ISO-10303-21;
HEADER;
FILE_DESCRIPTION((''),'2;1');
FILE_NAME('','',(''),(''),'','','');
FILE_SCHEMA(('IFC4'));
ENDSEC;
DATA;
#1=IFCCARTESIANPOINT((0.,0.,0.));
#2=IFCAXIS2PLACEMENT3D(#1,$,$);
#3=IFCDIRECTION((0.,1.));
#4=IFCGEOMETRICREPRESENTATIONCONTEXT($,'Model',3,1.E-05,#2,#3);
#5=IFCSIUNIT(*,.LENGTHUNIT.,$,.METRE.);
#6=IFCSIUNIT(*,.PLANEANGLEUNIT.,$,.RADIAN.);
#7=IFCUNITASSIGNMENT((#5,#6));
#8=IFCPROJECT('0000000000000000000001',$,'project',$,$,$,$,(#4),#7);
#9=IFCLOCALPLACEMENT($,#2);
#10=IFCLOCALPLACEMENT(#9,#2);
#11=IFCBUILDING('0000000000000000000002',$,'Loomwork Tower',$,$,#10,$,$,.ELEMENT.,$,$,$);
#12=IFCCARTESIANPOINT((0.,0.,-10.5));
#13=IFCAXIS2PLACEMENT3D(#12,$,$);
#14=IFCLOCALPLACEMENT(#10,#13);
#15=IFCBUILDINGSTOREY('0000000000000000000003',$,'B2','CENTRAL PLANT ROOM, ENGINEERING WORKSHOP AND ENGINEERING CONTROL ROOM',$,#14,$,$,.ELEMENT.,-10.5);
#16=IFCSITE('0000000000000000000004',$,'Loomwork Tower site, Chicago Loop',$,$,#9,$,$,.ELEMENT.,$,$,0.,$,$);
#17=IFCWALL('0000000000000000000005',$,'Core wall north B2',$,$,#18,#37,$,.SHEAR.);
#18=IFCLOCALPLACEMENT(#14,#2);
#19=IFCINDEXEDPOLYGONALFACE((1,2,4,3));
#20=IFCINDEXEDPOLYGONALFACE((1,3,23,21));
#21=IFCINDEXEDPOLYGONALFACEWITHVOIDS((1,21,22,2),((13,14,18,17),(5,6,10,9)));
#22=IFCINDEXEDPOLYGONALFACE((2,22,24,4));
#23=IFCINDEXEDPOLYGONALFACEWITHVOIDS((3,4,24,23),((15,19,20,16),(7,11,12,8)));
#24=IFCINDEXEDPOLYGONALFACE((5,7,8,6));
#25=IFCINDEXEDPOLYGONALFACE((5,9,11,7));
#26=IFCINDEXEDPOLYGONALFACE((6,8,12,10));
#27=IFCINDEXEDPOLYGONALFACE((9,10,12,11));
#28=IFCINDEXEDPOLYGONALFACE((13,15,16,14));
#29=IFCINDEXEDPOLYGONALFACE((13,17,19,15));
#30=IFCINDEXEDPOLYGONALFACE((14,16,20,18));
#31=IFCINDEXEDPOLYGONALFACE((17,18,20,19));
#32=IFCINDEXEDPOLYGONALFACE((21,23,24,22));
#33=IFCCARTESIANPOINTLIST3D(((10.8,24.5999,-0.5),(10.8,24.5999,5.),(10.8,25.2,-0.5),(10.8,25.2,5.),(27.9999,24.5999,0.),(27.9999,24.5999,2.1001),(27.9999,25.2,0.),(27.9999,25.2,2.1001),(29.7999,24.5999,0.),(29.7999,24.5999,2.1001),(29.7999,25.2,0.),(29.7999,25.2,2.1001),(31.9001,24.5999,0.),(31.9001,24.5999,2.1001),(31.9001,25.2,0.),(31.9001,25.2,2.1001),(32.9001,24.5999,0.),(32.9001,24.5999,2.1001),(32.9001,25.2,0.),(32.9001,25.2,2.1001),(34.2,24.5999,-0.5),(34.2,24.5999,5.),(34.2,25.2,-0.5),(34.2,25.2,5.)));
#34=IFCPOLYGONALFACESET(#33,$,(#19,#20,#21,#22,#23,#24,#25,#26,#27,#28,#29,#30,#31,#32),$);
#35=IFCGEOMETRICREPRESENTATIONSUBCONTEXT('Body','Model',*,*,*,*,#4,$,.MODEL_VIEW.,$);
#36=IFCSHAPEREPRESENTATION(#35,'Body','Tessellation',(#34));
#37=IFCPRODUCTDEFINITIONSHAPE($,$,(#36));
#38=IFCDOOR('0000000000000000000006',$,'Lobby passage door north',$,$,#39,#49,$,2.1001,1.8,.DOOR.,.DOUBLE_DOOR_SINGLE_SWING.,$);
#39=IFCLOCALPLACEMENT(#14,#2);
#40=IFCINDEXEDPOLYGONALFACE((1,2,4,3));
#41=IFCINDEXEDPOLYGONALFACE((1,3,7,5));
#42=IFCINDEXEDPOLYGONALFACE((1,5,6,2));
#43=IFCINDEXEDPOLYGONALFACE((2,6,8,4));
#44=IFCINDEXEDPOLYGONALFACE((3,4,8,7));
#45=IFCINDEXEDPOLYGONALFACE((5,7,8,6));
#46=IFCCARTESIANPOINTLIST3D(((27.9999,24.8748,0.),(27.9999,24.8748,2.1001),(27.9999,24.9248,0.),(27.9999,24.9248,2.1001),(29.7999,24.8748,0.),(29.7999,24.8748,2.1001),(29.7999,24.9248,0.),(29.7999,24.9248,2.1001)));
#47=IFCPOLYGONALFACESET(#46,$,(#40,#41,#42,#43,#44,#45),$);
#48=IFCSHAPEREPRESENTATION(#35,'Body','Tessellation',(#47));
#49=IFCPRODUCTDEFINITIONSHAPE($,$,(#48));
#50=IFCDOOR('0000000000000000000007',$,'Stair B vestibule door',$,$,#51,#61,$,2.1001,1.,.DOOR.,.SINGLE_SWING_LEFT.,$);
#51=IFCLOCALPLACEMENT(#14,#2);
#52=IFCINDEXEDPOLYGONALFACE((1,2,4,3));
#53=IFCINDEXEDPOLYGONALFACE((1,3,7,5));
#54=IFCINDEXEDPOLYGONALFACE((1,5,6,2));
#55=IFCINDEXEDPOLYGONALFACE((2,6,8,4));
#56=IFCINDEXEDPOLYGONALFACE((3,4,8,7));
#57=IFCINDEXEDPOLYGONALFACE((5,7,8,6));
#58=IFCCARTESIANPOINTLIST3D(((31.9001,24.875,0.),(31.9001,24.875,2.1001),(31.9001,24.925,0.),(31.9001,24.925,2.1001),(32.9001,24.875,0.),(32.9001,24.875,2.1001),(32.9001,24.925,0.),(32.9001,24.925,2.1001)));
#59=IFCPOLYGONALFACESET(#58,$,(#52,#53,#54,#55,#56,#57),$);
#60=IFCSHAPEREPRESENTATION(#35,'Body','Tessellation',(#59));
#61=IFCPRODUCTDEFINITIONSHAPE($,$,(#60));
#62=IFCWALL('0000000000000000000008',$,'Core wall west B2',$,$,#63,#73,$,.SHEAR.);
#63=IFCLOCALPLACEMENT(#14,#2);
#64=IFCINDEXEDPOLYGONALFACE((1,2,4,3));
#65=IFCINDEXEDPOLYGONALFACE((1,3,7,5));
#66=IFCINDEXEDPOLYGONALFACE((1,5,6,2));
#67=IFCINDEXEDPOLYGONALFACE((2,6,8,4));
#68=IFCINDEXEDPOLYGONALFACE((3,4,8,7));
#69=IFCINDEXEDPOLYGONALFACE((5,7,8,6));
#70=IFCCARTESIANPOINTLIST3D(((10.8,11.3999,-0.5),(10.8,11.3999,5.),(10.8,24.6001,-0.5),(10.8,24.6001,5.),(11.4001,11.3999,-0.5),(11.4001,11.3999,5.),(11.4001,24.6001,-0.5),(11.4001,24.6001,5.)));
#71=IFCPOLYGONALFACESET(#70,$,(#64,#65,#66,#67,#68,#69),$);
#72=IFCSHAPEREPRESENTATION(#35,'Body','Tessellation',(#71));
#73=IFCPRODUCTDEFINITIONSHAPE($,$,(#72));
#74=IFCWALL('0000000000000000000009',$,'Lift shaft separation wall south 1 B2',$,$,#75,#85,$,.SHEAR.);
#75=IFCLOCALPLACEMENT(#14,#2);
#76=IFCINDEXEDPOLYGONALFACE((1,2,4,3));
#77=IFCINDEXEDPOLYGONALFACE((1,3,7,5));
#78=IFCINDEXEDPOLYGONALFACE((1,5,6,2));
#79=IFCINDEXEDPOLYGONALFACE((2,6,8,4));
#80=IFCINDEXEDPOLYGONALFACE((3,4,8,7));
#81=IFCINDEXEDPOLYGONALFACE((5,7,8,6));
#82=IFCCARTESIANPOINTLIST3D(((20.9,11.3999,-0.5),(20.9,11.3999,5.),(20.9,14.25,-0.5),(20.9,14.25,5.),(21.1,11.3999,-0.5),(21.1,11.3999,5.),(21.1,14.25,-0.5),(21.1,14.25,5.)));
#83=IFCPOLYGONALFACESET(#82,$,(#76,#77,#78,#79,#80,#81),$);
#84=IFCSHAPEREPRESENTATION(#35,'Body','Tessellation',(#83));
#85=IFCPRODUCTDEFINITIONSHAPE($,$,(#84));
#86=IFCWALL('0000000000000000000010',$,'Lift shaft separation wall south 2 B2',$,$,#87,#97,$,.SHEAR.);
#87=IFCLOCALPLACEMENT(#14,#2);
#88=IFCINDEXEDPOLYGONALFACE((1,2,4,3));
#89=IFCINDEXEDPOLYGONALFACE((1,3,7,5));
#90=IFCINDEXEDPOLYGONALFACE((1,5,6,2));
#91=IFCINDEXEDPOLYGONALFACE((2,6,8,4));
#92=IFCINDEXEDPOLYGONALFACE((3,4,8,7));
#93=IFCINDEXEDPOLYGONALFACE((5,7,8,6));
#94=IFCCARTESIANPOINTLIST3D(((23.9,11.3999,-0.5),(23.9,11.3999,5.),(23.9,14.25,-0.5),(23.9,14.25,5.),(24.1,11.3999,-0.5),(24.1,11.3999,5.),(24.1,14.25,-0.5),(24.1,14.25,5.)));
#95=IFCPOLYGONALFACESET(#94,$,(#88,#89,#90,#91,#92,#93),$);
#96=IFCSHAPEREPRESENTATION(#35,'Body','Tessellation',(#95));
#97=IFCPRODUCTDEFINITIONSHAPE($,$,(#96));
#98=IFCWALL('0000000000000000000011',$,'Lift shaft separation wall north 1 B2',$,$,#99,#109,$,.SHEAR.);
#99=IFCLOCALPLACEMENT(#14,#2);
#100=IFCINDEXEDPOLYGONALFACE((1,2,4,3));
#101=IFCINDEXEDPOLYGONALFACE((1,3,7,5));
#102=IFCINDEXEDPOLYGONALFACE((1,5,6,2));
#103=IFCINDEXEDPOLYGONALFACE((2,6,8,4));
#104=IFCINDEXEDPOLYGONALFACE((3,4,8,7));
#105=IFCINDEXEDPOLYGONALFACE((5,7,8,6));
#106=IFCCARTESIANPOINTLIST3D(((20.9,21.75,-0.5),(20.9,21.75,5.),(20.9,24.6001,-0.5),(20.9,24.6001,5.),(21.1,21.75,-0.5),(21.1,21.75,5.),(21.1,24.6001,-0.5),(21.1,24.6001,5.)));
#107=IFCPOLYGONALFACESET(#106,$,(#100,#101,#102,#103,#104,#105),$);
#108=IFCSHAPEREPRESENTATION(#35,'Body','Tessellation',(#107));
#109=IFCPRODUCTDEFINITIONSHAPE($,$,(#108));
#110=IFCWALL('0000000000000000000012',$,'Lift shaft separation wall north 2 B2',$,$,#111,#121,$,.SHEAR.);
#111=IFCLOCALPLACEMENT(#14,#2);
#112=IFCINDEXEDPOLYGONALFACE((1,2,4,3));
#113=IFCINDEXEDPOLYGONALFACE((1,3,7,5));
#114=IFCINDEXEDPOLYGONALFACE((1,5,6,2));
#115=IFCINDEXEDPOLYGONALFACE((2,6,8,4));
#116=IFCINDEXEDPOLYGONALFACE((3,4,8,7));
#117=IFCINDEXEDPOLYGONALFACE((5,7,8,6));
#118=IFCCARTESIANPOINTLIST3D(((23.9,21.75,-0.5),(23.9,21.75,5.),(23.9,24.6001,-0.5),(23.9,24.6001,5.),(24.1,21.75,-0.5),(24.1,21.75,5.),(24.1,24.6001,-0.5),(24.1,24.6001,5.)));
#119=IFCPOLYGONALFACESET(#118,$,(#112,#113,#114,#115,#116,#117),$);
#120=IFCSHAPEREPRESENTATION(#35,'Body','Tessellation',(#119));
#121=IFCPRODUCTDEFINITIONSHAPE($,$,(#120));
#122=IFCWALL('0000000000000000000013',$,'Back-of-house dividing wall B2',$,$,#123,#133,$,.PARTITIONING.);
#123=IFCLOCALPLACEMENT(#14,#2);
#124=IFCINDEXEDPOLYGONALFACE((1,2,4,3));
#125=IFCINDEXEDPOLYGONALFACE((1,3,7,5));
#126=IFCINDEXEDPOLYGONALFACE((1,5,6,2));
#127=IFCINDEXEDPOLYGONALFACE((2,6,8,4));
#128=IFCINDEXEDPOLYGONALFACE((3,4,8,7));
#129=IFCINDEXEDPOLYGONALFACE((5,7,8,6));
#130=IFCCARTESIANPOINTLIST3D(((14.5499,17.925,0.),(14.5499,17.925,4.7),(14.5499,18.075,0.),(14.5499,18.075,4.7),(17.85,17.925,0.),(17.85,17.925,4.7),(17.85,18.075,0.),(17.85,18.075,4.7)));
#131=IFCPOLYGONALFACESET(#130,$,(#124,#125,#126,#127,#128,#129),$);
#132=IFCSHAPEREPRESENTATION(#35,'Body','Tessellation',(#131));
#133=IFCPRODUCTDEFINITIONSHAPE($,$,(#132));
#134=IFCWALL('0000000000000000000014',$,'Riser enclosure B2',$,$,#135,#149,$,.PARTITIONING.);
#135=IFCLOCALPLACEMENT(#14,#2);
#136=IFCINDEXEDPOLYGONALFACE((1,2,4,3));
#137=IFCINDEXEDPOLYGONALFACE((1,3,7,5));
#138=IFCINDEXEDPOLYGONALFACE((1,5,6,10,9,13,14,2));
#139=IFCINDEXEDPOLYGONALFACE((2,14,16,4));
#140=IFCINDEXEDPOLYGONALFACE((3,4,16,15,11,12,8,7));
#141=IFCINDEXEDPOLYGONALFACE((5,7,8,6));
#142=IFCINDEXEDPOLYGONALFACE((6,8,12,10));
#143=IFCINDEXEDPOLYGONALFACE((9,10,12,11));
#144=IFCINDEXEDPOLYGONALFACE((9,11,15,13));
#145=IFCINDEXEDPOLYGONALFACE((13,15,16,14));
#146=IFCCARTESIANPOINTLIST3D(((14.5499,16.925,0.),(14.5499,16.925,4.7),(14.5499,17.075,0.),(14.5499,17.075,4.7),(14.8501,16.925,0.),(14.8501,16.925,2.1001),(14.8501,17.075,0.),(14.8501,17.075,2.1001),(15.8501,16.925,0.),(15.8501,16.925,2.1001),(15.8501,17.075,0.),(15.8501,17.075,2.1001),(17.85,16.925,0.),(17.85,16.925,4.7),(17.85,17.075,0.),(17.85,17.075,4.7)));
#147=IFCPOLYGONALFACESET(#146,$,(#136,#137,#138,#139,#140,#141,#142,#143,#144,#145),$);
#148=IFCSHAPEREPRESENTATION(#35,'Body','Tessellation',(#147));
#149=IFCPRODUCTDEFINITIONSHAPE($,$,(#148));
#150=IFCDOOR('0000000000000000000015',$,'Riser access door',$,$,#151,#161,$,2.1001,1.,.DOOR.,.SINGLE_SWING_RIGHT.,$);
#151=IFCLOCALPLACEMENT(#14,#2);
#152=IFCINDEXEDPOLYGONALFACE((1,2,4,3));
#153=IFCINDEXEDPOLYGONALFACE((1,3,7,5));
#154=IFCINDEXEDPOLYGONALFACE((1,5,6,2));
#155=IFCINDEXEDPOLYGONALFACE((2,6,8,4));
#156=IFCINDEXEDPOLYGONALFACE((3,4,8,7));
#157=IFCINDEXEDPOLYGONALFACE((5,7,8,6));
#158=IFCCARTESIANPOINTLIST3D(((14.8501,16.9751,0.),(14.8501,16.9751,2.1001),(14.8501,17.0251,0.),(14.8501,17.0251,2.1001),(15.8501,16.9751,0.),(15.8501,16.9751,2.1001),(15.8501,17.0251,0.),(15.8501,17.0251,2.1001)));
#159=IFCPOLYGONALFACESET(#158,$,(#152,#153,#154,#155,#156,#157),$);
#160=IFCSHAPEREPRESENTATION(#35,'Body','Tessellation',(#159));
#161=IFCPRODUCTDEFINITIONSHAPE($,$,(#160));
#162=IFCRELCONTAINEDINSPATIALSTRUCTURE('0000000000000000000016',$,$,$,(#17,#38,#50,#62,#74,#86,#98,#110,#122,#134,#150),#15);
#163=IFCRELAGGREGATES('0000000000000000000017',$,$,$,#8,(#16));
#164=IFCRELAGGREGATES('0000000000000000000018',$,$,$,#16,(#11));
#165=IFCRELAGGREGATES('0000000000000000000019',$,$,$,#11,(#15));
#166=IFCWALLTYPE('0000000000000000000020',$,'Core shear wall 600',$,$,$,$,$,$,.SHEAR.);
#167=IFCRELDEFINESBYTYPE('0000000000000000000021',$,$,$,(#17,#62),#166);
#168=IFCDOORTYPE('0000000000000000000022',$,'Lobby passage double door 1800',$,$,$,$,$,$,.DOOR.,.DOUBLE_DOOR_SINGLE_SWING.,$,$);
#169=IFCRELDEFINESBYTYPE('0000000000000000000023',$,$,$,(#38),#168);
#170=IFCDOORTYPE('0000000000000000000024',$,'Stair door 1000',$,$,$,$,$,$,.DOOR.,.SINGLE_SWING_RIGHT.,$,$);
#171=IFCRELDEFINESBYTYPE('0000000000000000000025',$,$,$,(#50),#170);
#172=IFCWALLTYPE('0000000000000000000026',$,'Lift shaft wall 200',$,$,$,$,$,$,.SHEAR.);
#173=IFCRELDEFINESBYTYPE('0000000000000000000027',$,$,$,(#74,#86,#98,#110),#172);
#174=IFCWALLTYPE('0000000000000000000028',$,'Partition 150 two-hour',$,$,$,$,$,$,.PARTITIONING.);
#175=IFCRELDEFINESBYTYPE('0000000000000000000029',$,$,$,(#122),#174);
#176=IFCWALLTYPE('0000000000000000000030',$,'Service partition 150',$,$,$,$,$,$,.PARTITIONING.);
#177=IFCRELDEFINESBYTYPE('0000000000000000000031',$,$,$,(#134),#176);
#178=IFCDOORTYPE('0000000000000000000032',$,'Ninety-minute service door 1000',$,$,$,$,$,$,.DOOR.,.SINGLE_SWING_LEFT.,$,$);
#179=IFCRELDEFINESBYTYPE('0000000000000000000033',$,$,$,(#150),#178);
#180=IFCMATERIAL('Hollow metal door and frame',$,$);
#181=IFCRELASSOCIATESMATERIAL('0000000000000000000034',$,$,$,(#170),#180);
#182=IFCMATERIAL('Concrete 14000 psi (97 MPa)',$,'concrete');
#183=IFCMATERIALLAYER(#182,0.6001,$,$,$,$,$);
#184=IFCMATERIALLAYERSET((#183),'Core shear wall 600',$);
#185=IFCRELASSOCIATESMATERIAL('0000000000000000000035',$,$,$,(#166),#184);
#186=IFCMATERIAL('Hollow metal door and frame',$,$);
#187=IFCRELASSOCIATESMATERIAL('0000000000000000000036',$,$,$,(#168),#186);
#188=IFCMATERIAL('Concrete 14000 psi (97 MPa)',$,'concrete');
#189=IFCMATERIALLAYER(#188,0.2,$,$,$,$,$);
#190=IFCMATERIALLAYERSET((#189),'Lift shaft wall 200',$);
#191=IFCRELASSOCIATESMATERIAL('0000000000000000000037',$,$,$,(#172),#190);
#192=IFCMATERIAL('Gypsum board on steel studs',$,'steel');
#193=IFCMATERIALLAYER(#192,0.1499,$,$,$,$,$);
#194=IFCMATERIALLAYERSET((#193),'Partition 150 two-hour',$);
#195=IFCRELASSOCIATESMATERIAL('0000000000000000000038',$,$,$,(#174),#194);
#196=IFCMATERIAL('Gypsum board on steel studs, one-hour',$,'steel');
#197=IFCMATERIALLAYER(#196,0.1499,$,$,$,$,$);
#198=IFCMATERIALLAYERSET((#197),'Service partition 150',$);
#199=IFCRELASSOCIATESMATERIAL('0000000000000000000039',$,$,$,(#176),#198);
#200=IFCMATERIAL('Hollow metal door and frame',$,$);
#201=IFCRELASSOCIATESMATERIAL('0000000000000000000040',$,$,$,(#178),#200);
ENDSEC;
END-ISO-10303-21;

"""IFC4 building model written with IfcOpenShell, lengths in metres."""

from ifc_helpers import new_model, si_unit, direction, frame, frame_2d, origin, place, context, subcontext, project, spatial, rectangle, extrude, material, layer, layer_set, type_object, element, fill, save


model = new_model("IFC4")

# Units and contexts
model_context = context("Model", 3, precision=1e-05, world=origin(), true_north=direction((0.0, 1.0)))
body_context = subcontext(model_context, "Body", "Model", "MODEL_VIEW")
ifc_project = project(units=[si_unit("LENGTHUNIT", "METRE"), si_unit("PLANEANGLEUNIT", "RADIAN")], contexts=[model_context])

# Site, building, storey
site_placement = place(None, origin())
site = spatial("IfcSite", under=ifc_project, at=site_placement, Name="Loomwork Tower site, Chicago Loop", CompositionType="ELEMENT", RefElevation=0.0)
building_placement = place(site_placement, origin())
building = spatial("IfcBuilding", under=site, at=building_placement, Name="Loomwork Tower", CompositionType="ELEMENT")
storey_placement = place(building_placement, frame((0.0, 0.0, -10.5)))
storey = spatial("IfcBuildingStorey", under=building, at=storey_placement, Name="B2", Description="CENTRAL PLANT ROOM, ENGINEERING WORKSHOP AND ENGINEERING CONTROL ROOM", CompositionType="ELEMENT", Elevation=-10.5)

# Shared definitions
ifc_material_1 = material(Name="Hollow metal door and frame")
door_type_1 = type_object("IfcDoorType", Name="Stair door 1000", OperationType="SINGLE_SWING_RIGHT", PredefinedType="DOOR", material=ifc_material_1)

# Wall, openings, doors
ifc_material_2 = material(Name="Concrete 14000 psi (97 MPa)", Category="concrete")
ifc_layer_1 = layer(ifc_material_2, 0.6001)
ifc_layer_set_1 = layer_set([ifc_layer_1], Name="Core shear wall 600")
wall_type_1 = type_object("IfcWallType", Name="Core shear wall 600", PredefinedType="SHEAR", material=ifc_layer_set_1)
wall_1_placement = place(storey_placement, frame((10.8, 24.8999, -0.5), z_axis=(0.0, 0.0, 1.0), x_axis=(1.0, 0.0, 0.0)))
wall_1 = element("IfcWall", 1, at=wall_1_placement, inside=storey, type_object=wall_type_1, Name="Core wall north B2", PredefinedType="SHEAR", context=body_context, shape_type="SweptSolid", body=[
    extrude(rectangle(XDim=23.3999, YDim=0.6001, at=frame_2d((11.7, 0.0))), origin(), (0.0, 0.0, 1.0), 5.5),
])
opening_1_placement = place(wall_1_placement, frame((17.2, 0.0, 0.5)))
opening_1 = element("IfcOpeningElement", 2, at=opening_1_placement, cuts=wall_1, PredefinedType="OPENING", context=body_context, shape_type="SweptSolid", body=[
    extrude(rectangle(XDim=1.8, YDim=2.1001, at=frame_2d((0.8999, 1.05))), frame((0.0, 0.3101, 0.0), z_axis=(0.0, -1.0, 0.0), x_axis=(1.0, 0.0, 0.0)), (0.0, 0.0, 1.0), 0.6201),
])
opening_2_placement = place(wall_1_placement, frame((21.1001, 0.0, 0.5)))
opening_2 = element("IfcOpeningElement", 3, at=opening_2_placement, cuts=wall_1, PredefinedType="OPENING", context=body_context, shape_type="SweptSolid", body=[
    extrude(rectangle(XDim=1.0, YDim=2.1001, at=frame_2d((0.5, 1.05))), frame((0.0, 0.3101, 0.0), z_axis=(0.0, -1.0, 0.0), x_axis=(1.0, 0.0, 0.0)), (0.0, 0.0, 1.0), 0.6201),
])
ifc_material_3 = material(Name="Hollow metal door and frame")
door_type_2 = type_object("IfcDoorType", Name="Lobby passage double door 1800", OperationType="DOUBLE_DOOR_SINGLE_SWING", PredefinedType="DOOR", material=ifc_material_3)
door_1_placement = place(opening_1_placement, origin())
door_1 = element("IfcDoor", 4, at=door_1_placement, inside=storey, type_object=door_type_2, Name="Lobby passage door north", OperationType="DOUBLE_DOOR_SINGLE_SWING", OverallHeight=2.1001, OverallWidth=1.8, PredefinedType="DOOR", context=body_context, shape_type="SweptSolid", body=[
    extrude(rectangle(XDim=1.8, YDim=2.1001, at=frame_2d((0.8999, 1.05))), frame((0.0, 0.0249, 0.0), z_axis=(0.0, -1.0, 0.0), x_axis=(1.0, 0.0, 0.0)), (0.0, 0.0, 1.0), 0.05),
])
fill(opening_1, door_1)
door_2_placement = place(opening_2_placement, frame((1.0, 0.0, 0.0), z_axis=(0.0, 0.0, 1.0), x_axis=(-1.0, 0.0, 0.0)))
door_2 = element("IfcDoor", 5, at=door_2_placement, inside=storey, type_object=door_type_1, Name="Stair B vestibule door", OperationType="SINGLE_SWING_LEFT", OverallHeight=2.1001, OverallWidth=1.0, PredefinedType="DOOR", context=body_context, shape_type="SweptSolid", body=[
    extrude(rectangle(XDim=1.0, YDim=2.1001, at=frame_2d((0.5, 1.05))), frame((0.0, 0.0249, 0.0), z_axis=(0.0, -1.0, 0.0), x_axis=(1.0, 0.0, 0.0)), (0.0, 0.0, 1.0), 0.05),
])
fill(opening_2, door_2)

# Walls
wall_2_placement = place(storey_placement, frame((11.1001, 11.3999, -0.5), z_axis=(0.0, 0.0, 1.0), x_axis=(0.0, 1.0, 0.0)))
element("IfcWall", 6, at=wall_2_placement, inside=storey, type_object=wall_type_1, Name="Core wall west B2", PredefinedType="SHEAR", context=body_context, shape_type="SweptSolid", body=[
    extrude(rectangle(XDim=13.2002, YDim=0.6001, at=frame_2d((6.6001, 0.0))), origin(), (0.0, 0.0, 1.0), 5.5),
])
ifc_material_4 = material(Name="Concrete 14000 psi (97 MPa)", Category="concrete")
ifc_layer_2 = layer(ifc_material_4, 0.2)
ifc_layer_set_2 = layer_set([ifc_layer_2], Name="Lift shaft wall 200")
wall_type_2 = type_object("IfcWallType", Name="Lift shaft wall 200", PredefinedType="SHEAR", material=ifc_layer_set_2)
for number, where, z_axis, x_axis, name in (
    (7, (21.0, 11.3999, -0.5), (0.0, 0.0, 1.0), (0.0, 1.0, 0.0), "Lift shaft separation wall south 1 B2"),
    (8, (24.0, 11.3999, -0.5), (0.0, 0.0, 1.0), (0.0, 1.0, 0.0), "Lift shaft separation wall south 2 B2"),
    (9, (21.0, 21.75, -0.5), (0.0, 0.0, 1.0), (0.0, 1.0, 0.0), "Lift shaft separation wall north 1 B2"),
    (10, (24.0, 21.75, -0.5), (0.0, 0.0, 1.0), (0.0, 1.0, 0.0), "Lift shaft separation wall north 2 B2"),
):
    element("IfcWall", number, at=place(storey_placement, frame(where, z_axis=z_axis, x_axis=x_axis)), inside=storey, type_object=wall_type_2, Name=name, PredefinedType="SHEAR", context=body_context, shape_type="SweptSolid", body=[
        extrude(rectangle(XDim=2.8501, YDim=0.2, at=frame_2d((1.425, 0.0))), origin(), (0.0, 0.0, 1.0), 5.5),
    ])
ifc_material_5 = material(Name="Gypsum board on steel studs", Category="steel")
ifc_layer_3 = layer(ifc_material_5, 0.1499)
ifc_layer_set_3 = layer_set([ifc_layer_3], Name="Partition 150 two-hour")
wall_type_3 = type_object("IfcWallType", Name="Partition 150 two-hour", PredefinedType="PARTITIONING", material=ifc_layer_set_3)
wall_3_placement = place(storey_placement, frame((14.55, 18.0, 0.0), z_axis=(0.0, 0.0, 1.0), x_axis=(1.0, 0.0, 0.0)))
element("IfcWall", 11, at=wall_3_placement, inside=storey, type_object=wall_type_3, Name="Back-of-house dividing wall B2", PredefinedType="PARTITIONING", context=body_context, shape_type="SweptSolid", body=[
    extrude(rectangle(XDim=3.3, YDim=0.1499, at=frame_2d((1.6499, 0.0))), origin(), (0.0, 0.0, 1.0), 4.7),
])

# Wall, opening, door
ifc_material_6 = material(Name="Gypsum board on steel studs, one-hour", Category="steel")
ifc_layer_4 = layer(ifc_material_6, 0.1499)
ifc_layer_set_4 = layer_set([ifc_layer_4], Name="Service partition 150")
wall_type_4 = type_object("IfcWallType", Name="Service partition 150", PredefinedType="PARTITIONING", material=ifc_layer_set_4)
wall_4_placement = place(storey_placement, frame((14.55, 17.0, 0.0), z_axis=(0.0, 0.0, 1.0), x_axis=(1.0, 0.0, 0.0)))
wall_4 = element("IfcWall", 12, at=wall_4_placement, inside=storey, type_object=wall_type_4, Name="Riser enclosure B2", PredefinedType="PARTITIONING", context=body_context, shape_type="SweptSolid", body=[
    extrude(rectangle(XDim=3.3, YDim=0.1499, at=frame_2d((1.6499, 0.0))), origin(), (0.0, 0.0, 1.0), 4.7),
])
opening_3_placement = place(wall_4_placement, frame((0.3, 0.0, 0.0)))
opening_3 = element("IfcOpeningElement", 13, at=opening_3_placement, cuts=wall_4, PredefinedType="OPENING", context=body_context, shape_type="SweptSolid", body=[
    extrude(rectangle(XDim=1.0, YDim=2.1001, at=frame_2d((0.5, 1.05))), frame((0.0, 0.085, 0.0), z_axis=(0.0, -1.0, 0.0), x_axis=(1.0, 0.0, 0.0)), (0.0, 0.0, 1.0), 0.1699),
])
ifc_material_7 = material(Name="Hollow metal door and frame")
door_type_3 = type_object("IfcDoorType", Name="Ninety-minute service door 1000", OperationType="SINGLE_SWING_LEFT", PredefinedType="DOOR", material=ifc_material_7)
door_3_placement = place(opening_3_placement, frame((1.0, 0.0, 0.0), z_axis=(0.0, 0.0, 1.0), x_axis=(-1.0, 0.0, 0.0)))
door_3 = element("IfcDoor", 14, at=door_3_placement, inside=storey, type_object=door_type_3, Name="Riser access door", OperationType="SINGLE_SWING_RIGHT", OverallHeight=2.1001, OverallWidth=1.0, PredefinedType="DOOR", context=body_context, shape_type="SweptSolid", body=[
    extrude(rectangle(XDim=1.0, YDim=2.1001, at=frame_2d((0.5, 1.05))), frame((0.0, 0.0249, 0.0), z_axis=(0.0, -1.0, 0.0), x_axis=(1.0, 0.0, 0.0)), (0.0, 0.0, 1.0), 0.05),
])
fill(opening_3, door_3)

save(model, "model.ifc")
